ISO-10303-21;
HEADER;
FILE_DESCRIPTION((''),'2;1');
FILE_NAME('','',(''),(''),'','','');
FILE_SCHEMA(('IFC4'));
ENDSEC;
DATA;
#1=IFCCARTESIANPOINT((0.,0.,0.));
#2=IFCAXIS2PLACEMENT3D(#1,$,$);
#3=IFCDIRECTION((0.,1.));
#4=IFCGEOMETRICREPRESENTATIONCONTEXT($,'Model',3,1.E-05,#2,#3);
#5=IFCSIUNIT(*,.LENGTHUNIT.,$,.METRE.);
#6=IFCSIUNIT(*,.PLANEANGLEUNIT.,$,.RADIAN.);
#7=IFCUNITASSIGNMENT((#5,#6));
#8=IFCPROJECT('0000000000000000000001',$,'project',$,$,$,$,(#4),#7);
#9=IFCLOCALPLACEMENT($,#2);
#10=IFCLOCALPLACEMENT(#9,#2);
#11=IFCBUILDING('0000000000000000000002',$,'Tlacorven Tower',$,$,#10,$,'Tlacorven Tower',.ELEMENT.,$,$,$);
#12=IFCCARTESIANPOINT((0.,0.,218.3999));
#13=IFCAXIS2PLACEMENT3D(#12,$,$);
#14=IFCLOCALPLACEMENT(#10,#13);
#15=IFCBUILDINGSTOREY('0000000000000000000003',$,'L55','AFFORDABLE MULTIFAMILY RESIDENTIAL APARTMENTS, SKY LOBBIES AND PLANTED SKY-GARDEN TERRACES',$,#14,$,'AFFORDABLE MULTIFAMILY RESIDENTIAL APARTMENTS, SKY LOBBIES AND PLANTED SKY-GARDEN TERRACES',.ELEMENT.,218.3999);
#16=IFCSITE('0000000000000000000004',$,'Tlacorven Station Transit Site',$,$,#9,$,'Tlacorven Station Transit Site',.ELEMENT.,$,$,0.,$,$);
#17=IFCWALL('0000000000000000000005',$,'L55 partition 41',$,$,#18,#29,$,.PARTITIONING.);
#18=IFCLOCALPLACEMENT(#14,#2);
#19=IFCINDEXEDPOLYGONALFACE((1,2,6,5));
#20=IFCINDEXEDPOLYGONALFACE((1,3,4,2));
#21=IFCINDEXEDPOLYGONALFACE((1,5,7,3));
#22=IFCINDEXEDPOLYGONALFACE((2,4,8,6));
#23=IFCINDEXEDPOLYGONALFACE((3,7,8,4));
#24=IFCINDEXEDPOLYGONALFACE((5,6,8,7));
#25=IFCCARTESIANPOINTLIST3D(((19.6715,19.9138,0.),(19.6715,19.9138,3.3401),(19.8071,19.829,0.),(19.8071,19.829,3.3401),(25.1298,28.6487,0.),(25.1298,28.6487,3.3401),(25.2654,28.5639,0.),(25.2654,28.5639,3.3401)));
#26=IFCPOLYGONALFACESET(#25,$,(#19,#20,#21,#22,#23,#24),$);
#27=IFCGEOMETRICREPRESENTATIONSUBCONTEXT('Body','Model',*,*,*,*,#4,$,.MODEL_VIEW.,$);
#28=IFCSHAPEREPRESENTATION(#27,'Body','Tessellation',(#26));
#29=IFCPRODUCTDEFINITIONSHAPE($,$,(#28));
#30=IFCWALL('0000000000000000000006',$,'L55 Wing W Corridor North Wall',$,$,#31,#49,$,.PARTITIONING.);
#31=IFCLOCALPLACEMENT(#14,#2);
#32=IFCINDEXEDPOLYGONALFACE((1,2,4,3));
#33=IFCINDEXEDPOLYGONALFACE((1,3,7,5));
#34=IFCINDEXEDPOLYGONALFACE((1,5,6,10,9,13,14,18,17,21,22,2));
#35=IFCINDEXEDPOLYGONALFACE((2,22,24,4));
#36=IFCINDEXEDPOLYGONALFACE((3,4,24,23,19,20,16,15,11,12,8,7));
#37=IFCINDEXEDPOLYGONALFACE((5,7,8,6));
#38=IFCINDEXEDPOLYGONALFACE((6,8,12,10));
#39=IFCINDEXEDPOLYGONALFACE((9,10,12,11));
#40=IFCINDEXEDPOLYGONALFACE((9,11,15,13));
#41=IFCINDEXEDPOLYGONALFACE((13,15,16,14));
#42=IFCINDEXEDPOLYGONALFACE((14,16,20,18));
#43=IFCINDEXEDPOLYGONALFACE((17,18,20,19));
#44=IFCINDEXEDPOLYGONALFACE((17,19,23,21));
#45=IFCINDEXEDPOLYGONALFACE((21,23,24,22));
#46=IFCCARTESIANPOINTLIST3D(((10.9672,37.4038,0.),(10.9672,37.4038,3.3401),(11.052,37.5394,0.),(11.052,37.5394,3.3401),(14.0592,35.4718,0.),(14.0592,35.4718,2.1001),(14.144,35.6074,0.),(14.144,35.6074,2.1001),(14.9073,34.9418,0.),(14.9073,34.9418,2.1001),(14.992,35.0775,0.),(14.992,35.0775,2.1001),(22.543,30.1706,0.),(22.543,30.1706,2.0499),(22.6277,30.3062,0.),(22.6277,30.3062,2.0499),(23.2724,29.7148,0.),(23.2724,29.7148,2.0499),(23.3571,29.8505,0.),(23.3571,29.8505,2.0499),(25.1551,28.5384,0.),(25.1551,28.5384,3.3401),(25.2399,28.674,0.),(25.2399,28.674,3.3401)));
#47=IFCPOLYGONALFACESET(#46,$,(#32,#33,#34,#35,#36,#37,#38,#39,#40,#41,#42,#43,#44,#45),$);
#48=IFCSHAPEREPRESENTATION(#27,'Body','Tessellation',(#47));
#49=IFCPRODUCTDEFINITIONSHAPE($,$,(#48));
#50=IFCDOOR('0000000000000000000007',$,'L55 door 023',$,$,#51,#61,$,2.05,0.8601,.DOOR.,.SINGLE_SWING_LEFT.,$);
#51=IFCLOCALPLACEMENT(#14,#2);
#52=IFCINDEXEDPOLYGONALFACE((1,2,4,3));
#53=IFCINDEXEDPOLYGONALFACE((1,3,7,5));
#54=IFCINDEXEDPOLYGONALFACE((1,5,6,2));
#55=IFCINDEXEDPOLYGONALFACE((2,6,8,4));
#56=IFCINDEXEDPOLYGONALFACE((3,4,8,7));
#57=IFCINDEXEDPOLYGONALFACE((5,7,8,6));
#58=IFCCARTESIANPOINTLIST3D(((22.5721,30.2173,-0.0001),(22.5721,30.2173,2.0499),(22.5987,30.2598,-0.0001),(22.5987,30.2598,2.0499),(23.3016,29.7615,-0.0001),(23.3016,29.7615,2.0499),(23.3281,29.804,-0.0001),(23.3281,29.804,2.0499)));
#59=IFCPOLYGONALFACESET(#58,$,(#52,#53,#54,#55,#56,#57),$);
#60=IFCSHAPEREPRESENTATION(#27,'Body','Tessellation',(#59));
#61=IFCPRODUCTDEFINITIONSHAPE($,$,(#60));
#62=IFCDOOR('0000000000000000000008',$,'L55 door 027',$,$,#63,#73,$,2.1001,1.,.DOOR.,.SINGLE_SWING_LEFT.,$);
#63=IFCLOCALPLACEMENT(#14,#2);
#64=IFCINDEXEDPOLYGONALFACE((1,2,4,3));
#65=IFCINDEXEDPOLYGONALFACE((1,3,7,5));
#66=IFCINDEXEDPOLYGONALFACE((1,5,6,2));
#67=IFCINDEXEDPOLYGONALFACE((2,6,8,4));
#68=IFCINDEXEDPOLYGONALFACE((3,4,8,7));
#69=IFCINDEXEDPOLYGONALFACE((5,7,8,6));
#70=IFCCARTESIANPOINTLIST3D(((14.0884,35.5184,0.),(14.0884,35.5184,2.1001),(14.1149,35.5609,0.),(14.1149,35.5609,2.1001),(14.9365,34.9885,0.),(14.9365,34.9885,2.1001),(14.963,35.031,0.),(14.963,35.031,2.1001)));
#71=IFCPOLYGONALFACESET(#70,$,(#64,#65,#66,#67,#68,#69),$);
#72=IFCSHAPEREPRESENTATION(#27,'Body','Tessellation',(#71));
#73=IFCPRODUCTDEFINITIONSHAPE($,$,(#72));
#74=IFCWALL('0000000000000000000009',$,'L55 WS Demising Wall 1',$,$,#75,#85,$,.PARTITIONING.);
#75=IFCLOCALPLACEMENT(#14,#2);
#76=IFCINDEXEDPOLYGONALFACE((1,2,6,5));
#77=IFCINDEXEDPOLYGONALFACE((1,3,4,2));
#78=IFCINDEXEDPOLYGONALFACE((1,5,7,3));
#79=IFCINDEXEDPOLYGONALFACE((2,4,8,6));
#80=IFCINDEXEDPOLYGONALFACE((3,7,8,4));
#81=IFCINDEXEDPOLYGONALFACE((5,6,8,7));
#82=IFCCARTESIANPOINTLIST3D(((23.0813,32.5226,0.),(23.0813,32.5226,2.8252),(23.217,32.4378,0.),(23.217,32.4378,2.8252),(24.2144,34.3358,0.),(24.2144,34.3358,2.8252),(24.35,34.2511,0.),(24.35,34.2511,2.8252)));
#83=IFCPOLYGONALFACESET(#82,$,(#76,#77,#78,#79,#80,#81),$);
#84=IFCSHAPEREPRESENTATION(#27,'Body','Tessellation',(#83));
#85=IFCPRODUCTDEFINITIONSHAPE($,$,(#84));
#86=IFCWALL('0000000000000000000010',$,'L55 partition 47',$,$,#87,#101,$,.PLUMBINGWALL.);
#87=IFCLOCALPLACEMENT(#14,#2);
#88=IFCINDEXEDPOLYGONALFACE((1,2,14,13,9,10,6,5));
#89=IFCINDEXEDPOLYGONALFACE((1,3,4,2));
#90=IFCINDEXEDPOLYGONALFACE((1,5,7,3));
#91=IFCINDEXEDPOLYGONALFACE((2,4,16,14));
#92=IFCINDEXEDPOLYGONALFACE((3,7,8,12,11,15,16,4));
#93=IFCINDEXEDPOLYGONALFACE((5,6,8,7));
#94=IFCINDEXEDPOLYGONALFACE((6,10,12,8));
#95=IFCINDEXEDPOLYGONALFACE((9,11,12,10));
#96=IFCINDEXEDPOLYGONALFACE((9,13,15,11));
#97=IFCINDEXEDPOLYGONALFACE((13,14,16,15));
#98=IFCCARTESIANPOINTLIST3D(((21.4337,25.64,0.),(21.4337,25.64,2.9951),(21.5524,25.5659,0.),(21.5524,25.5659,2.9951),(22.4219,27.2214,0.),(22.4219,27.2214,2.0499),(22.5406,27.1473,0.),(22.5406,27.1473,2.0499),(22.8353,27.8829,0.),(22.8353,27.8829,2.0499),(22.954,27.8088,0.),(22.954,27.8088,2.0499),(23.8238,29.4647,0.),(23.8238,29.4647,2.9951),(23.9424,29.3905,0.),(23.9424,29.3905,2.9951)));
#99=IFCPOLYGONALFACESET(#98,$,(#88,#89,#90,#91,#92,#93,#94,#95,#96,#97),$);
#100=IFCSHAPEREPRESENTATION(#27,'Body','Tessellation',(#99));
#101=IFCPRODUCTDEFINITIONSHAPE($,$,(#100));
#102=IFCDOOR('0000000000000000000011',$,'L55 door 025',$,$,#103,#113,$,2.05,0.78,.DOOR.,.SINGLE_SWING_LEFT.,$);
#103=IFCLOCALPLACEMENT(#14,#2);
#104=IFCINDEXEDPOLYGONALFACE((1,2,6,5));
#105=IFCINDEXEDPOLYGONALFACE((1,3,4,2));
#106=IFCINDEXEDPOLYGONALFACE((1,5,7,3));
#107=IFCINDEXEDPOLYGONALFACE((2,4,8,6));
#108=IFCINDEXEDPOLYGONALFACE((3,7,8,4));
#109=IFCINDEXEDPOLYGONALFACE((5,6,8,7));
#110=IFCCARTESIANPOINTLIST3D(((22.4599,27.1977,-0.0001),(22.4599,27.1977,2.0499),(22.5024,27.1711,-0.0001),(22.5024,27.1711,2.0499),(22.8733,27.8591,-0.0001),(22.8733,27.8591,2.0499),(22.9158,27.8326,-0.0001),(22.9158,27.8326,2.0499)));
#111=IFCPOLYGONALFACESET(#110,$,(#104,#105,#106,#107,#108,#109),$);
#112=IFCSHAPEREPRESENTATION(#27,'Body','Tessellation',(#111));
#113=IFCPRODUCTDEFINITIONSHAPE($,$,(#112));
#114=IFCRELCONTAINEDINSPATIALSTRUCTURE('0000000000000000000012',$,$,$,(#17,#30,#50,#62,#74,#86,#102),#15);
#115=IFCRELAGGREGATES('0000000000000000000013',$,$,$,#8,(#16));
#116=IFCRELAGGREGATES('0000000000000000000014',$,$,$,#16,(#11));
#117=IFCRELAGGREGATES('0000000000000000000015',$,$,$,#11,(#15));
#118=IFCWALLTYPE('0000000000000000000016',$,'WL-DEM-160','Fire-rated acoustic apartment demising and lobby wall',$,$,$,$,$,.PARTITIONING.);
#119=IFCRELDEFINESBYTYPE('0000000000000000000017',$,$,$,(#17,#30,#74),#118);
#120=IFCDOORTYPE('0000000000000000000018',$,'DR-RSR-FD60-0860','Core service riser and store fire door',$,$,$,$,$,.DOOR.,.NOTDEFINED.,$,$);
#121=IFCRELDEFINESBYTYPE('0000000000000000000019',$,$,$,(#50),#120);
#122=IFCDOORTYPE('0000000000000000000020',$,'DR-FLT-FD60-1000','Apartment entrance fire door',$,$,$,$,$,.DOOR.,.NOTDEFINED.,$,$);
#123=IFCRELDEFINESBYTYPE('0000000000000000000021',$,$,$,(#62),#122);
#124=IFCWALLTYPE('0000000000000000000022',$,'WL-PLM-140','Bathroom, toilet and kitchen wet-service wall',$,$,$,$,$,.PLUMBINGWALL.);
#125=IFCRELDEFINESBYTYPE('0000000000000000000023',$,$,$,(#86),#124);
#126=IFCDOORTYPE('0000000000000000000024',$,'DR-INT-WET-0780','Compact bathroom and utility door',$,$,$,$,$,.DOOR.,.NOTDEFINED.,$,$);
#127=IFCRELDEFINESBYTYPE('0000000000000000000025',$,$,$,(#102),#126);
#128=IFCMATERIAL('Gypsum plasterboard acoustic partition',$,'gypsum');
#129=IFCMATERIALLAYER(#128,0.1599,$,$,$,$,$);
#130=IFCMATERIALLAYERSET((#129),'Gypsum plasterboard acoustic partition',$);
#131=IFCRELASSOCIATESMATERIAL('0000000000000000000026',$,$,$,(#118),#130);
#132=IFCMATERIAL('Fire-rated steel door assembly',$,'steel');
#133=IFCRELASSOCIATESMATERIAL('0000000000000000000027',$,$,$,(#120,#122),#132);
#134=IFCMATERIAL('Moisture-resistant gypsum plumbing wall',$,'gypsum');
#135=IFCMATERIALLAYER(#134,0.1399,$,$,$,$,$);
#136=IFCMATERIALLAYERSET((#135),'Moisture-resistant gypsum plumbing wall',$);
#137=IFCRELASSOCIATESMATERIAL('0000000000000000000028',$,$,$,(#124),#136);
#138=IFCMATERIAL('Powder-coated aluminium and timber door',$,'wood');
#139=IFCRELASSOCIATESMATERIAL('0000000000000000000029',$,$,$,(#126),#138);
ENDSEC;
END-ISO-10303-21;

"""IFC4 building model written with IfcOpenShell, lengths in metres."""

from ifc_helpers import new_model, si_unit, direction, frame, frame_2d, origin, place, context, subcontext, project, spatial, rectangle, extrude, source, transform, mapped, material, layer, layer_set, type_object, element, fill, save


model = new_model("IFC4")

# Units and contexts
model_context = context("Model", 3, precision=1e-05, world=origin(), true_north=direction((0.0, 1.0)))
body_context = subcontext(model_context, "Body", "Model", "MODEL_VIEW")
ifc_project = project(units=[si_unit("LENGTHUNIT", "METRE"), si_unit("PLANEANGLEUNIT", "RADIAN")], contexts=[model_context])

# Site, building, storey
site_placement = place(None, origin())
site = spatial("IfcSite", under=ifc_project, at=site_placement, Name="Tlacorven Station Transit Site", LongName="Tlacorven Station Transit Site", CompositionType="ELEMENT", RefElevation=0.0)
building_placement = place(site_placement, origin())
building = spatial("IfcBuilding", under=site, at=building_placement, Name="Tlacorven Tower", LongName="Tlacorven Tower", CompositionType="ELEMENT")
storey_placement = place(building_placement, frame((0.0, 0.0, 218.3999)))
storey = spatial("IfcBuildingStorey", under=building, at=storey_placement, Name="L55", Description="AFFORDABLE MULTIFAMILY RESIDENTIAL APARTMENTS, SKY LOBBIES AND PLANTED SKY-GARDEN TERRACES", LongName="AFFORDABLE MULTIFAMILY RESIDENTIAL APARTMENTS, SKY LOBBIES AND PLANTED SKY-GARDEN TERRACES", CompositionType="ELEMENT", Elevation=218.3999)

# Shared definitions
ifc_material_1 = material(Name="Gypsum plasterboard acoustic partition", Category="gypsum")
ifc_layer_1 = layer(ifc_material_1, 0.1599)
ifc_layer_set_1 = layer_set([ifc_layer_1], Name="Gypsum plasterboard acoustic partition")
wall_type_1 = type_object("IfcWallType", Name="WL-DEM-160", Description="Fire-rated acoustic apartment demising and lobby wall", PredefinedType="PARTITIONING", material=ifc_layer_set_1)
ifc_material_2 = material(Name="Fire-rated steel door assembly", Category="steel")
door_type_1 = type_object("IfcDoorType", Name="DR-RSR-FD60-0860", Description="Core service riser and store fire door", OperationType="NOTDEFINED", PredefinedType="DOOR", material=ifc_material_2)
shared_shape_1 = source(origin(), body_context, "Body", "SweptSolid", [
    extrude(rectangle(XDim=0.8601, YDim=2.05, at=frame_2d((0.4302, 1.0249))), frame((0.0, 0.0249, 0.0), z_axis=(0.0, -1.0, 0.0), x_axis=(1.0, 0.0, 0.0)), (0.0, 0.0, 1.0), 0.05),
])

# Wall
wall_1_placement = place(storey_placement, frame((25.1975, 28.6062, 0.0), z_axis=(0.0, 0.0, 1.0), x_axis=(-0.529926, -0.848044, 0.0)))
element("IfcWall", 1, at=wall_1_placement, inside=storey, type_object=wall_type_1, Name="L55 partition 41", PredefinedType="PARTITIONING", context=body_context, shape_type="SweptSolid", body=[
    extrude(rectangle(XDim=10.3, YDim=0.1599, at=frame_2d((5.1499, 0.0))), origin(), (0.0, 0.0, 1.0), 3.3401),
])

# Wall, openings, doors
wall_2_placement = place(storey_placement, frame((25.1975, 28.6062, 0.0), z_axis=(0.0, 0.0, 1.0), x_axis=(-0.848052, 0.529912, 0.0)))
wall_2 = element("IfcWall", 2, at=wall_2_placement, inside=storey, type_object=wall_type_1, Name="L55 Wing W Corridor North Wall", PredefinedType="PARTITIONING", context=body_context, shape_type="SweptSolid", body=[
    extrude(rectangle(XDim=16.73, YDim=0.1599, at=frame_2d((8.365, 0.0))), origin(), (0.0, 0.0, 1.0), 3.3401),
])
opening_1_placement = place(wall_2_placement, frame((2.22, 0.0, 0.0)))
opening_1 = element("IfcOpeningElement", 3, at=opening_1_placement, cuts=wall_2, PredefinedType="OPENING", context=body_context, shape_type="SweptSolid", body=[
    extrude(rectangle(XDim=0.8601, YDim=2.05, at=frame_2d((0.4302, 1.0249))), frame((0.0, 0.0898, 0.0), z_axis=(0.0, -1.0, 0.0), x_axis=(1.0, 0.0, 0.0)), (0.0, 0.0, 1.0), 0.1799),
])
opening_2_placement = place(wall_2_placement, frame((12.084, 0.0, 0.0)))
opening_2 = element("IfcOpeningElement", 4, at=opening_2_placement, cuts=wall_2, PredefinedType="OPENING", context=body_context, shape_type="SweptSolid", body=[
    extrude(rectangle(XDim=1.0, YDim=2.1001, at=frame_2d((0.5, 1.05))), frame((0.0, 0.0898, 0.0), z_axis=(0.0, -1.0, 0.0), x_axis=(1.0, 0.0, 0.0)), (0.0, 0.0, 1.0), 0.1799),
])
door_1_placement = place(opening_1_placement, origin())
door_1 = element("IfcDoor", 5, at=door_1_placement, inside=storey, type_object=door_type_1, Name="L55 door 023", OperationType="SINGLE_SWING_LEFT", OverallHeight=2.05, OverallWidth=0.8601, PredefinedType="DOOR", context=body_context, shape_type="MappedRepresentation", body=[
    mapped(shared_shape_1, transform((0.0, 0.0, 0.0), scale=1.0)),
])
fill(opening_1, door_1)
door_type_2 = type_object("IfcDoorType", Name="DR-FLT-FD60-1000", Description="Apartment entrance fire door", OperationType="NOTDEFINED", PredefinedType="DOOR", material=ifc_material_2)
shared_shape_2 = source(origin(), body_context, "Body", "SweptSolid", [
    extrude(rectangle(XDim=1.0, YDim=2.1001, at=frame_2d((0.5, 1.05))), frame((0.0, 0.0249, 0.0), z_axis=(0.0, -1.0, 0.0), x_axis=(1.0, 0.0, 0.0)), (0.0, 0.0, 1.0), 0.05),
])
door_2_placement = place(opening_2_placement, origin())
door_2 = element("IfcDoor", 6, at=door_2_placement, inside=storey, type_object=door_type_2, Name="L55 door 027", OperationType="SINGLE_SWING_LEFT", OverallHeight=2.1001, OverallWidth=1.0, PredefinedType="DOOR", context=body_context, shape_type="MappedRepresentation", body=[
    mapped(shared_shape_2, transform((0.0, 0.0, 0.0), scale=1.0)),
])
fill(opening_2, door_2)

# Wall
wall_3_placement = place(storey_placement, frame((24.2822, 34.2935, 0.0), z_axis=(0.0, 0.0, 1.0), x_axis=(-0.529927, -0.848043, 0.0)))
element("IfcWall", 7, at=wall_3_placement, inside=storey, type_object=wall_type_1, Name="L55 WS Demising Wall 1", PredefinedType="PARTITIONING", context=body_context, shape_type="SweptSolid", body=[
    extrude(rectangle(XDim=2.1382, YDim=0.1599, at=frame_2d((1.0691, 0.0))), origin(), (0.0, 0.0, 1.0), 2.8252),
])

# Wall, opening, door
ifc_material_3 = material(Name="Moisture-resistant gypsum plumbing wall", Category="gypsum")
ifc_layer_2 = layer(ifc_material_3, 0.1399)
ifc_layer_set_2 = layer_set([ifc_layer_2], Name="Moisture-resistant gypsum plumbing wall")
wall_type_2 = type_object("IfcWallType", Name="WL-PLM-140", Description="Bathroom, toilet and kitchen wet-service wall", PredefinedType="PLUMBINGWALL", material=ifc_layer_set_2)
wall_4_placement = place(storey_placement, frame((23.8831, 29.4275, 0.0), z_axis=(0.0, 0.0, 1.0), x_axis=(-0.52995, -0.848029, 0.0)))
wall_4 = element("IfcWall", 8, at=wall_4_placement, inside=storey, type_object=wall_type_2, Name="L55 partition 47", PredefinedType="PLUMBINGWALL", context=body_context, shape_type="SweptSolid", body=[
    extrude(rectangle(XDim=4.51, YDim=0.1399, at=frame_2d((2.2549, 0.0))), origin(), (0.0, 0.0, 1.0), 2.9951),
])
opening_3_placement = place(wall_4_placement, frame((1.865, 0.0, 0.0)))
opening_3 = element("IfcOpeningElement", 9, at=opening_3_placement, cuts=wall_4, PredefinedType="OPENING", context=body_context, shape_type="SweptSolid", body=[
    extrude(rectangle(XDim=0.78, YDim=2.05, at=frame_2d((0.3901, 1.0249))), frame((0.0, 0.0801, 0.0), z_axis=(0.0, -1.0, 0.0), x_axis=(1.0, 0.0, 0.0)), (0.0, 0.0, 1.0), 0.1599),
])
ifc_material_4 = material(Name="Powder-coated aluminium and timber door", Category="wood")
door_type_3 = type_object("IfcDoorType", Name="DR-INT-WET-0780", Description="Compact bathroom and utility door", OperationType="NOTDEFINED", PredefinedType="DOOR", material=ifc_material_4)
shared_shape_3 = source(origin(), body_context, "Body", "SweptSolid", [
    extrude(rectangle(XDim=0.78, YDim=2.05, at=frame_2d((0.3901, 1.0249))), frame((0.0, 0.0249, 0.0), z_axis=(0.0, -1.0, 0.0), x_axis=(1.0, 0.0, 0.0)), (0.0, 0.0, 1.0), 0.05),
])
door_3_placement = place(opening_3_placement, origin())
door_3 = element("IfcDoor", 10, at=door_3_placement, inside=storey, type_object=door_type_3, Name="L55 door 025", OperationType="SINGLE_SWING_LEFT", OverallHeight=2.05, OverallWidth=0.78, PredefinedType="DOOR", context=body_context, shape_type="MappedRepresentation", body=[
    mapped(shared_shape_3, transform((0.0, 0.0, 0.0), scale=1.0)),
])
fill(opening_3, door_3)

save(model, "model.ifc")
